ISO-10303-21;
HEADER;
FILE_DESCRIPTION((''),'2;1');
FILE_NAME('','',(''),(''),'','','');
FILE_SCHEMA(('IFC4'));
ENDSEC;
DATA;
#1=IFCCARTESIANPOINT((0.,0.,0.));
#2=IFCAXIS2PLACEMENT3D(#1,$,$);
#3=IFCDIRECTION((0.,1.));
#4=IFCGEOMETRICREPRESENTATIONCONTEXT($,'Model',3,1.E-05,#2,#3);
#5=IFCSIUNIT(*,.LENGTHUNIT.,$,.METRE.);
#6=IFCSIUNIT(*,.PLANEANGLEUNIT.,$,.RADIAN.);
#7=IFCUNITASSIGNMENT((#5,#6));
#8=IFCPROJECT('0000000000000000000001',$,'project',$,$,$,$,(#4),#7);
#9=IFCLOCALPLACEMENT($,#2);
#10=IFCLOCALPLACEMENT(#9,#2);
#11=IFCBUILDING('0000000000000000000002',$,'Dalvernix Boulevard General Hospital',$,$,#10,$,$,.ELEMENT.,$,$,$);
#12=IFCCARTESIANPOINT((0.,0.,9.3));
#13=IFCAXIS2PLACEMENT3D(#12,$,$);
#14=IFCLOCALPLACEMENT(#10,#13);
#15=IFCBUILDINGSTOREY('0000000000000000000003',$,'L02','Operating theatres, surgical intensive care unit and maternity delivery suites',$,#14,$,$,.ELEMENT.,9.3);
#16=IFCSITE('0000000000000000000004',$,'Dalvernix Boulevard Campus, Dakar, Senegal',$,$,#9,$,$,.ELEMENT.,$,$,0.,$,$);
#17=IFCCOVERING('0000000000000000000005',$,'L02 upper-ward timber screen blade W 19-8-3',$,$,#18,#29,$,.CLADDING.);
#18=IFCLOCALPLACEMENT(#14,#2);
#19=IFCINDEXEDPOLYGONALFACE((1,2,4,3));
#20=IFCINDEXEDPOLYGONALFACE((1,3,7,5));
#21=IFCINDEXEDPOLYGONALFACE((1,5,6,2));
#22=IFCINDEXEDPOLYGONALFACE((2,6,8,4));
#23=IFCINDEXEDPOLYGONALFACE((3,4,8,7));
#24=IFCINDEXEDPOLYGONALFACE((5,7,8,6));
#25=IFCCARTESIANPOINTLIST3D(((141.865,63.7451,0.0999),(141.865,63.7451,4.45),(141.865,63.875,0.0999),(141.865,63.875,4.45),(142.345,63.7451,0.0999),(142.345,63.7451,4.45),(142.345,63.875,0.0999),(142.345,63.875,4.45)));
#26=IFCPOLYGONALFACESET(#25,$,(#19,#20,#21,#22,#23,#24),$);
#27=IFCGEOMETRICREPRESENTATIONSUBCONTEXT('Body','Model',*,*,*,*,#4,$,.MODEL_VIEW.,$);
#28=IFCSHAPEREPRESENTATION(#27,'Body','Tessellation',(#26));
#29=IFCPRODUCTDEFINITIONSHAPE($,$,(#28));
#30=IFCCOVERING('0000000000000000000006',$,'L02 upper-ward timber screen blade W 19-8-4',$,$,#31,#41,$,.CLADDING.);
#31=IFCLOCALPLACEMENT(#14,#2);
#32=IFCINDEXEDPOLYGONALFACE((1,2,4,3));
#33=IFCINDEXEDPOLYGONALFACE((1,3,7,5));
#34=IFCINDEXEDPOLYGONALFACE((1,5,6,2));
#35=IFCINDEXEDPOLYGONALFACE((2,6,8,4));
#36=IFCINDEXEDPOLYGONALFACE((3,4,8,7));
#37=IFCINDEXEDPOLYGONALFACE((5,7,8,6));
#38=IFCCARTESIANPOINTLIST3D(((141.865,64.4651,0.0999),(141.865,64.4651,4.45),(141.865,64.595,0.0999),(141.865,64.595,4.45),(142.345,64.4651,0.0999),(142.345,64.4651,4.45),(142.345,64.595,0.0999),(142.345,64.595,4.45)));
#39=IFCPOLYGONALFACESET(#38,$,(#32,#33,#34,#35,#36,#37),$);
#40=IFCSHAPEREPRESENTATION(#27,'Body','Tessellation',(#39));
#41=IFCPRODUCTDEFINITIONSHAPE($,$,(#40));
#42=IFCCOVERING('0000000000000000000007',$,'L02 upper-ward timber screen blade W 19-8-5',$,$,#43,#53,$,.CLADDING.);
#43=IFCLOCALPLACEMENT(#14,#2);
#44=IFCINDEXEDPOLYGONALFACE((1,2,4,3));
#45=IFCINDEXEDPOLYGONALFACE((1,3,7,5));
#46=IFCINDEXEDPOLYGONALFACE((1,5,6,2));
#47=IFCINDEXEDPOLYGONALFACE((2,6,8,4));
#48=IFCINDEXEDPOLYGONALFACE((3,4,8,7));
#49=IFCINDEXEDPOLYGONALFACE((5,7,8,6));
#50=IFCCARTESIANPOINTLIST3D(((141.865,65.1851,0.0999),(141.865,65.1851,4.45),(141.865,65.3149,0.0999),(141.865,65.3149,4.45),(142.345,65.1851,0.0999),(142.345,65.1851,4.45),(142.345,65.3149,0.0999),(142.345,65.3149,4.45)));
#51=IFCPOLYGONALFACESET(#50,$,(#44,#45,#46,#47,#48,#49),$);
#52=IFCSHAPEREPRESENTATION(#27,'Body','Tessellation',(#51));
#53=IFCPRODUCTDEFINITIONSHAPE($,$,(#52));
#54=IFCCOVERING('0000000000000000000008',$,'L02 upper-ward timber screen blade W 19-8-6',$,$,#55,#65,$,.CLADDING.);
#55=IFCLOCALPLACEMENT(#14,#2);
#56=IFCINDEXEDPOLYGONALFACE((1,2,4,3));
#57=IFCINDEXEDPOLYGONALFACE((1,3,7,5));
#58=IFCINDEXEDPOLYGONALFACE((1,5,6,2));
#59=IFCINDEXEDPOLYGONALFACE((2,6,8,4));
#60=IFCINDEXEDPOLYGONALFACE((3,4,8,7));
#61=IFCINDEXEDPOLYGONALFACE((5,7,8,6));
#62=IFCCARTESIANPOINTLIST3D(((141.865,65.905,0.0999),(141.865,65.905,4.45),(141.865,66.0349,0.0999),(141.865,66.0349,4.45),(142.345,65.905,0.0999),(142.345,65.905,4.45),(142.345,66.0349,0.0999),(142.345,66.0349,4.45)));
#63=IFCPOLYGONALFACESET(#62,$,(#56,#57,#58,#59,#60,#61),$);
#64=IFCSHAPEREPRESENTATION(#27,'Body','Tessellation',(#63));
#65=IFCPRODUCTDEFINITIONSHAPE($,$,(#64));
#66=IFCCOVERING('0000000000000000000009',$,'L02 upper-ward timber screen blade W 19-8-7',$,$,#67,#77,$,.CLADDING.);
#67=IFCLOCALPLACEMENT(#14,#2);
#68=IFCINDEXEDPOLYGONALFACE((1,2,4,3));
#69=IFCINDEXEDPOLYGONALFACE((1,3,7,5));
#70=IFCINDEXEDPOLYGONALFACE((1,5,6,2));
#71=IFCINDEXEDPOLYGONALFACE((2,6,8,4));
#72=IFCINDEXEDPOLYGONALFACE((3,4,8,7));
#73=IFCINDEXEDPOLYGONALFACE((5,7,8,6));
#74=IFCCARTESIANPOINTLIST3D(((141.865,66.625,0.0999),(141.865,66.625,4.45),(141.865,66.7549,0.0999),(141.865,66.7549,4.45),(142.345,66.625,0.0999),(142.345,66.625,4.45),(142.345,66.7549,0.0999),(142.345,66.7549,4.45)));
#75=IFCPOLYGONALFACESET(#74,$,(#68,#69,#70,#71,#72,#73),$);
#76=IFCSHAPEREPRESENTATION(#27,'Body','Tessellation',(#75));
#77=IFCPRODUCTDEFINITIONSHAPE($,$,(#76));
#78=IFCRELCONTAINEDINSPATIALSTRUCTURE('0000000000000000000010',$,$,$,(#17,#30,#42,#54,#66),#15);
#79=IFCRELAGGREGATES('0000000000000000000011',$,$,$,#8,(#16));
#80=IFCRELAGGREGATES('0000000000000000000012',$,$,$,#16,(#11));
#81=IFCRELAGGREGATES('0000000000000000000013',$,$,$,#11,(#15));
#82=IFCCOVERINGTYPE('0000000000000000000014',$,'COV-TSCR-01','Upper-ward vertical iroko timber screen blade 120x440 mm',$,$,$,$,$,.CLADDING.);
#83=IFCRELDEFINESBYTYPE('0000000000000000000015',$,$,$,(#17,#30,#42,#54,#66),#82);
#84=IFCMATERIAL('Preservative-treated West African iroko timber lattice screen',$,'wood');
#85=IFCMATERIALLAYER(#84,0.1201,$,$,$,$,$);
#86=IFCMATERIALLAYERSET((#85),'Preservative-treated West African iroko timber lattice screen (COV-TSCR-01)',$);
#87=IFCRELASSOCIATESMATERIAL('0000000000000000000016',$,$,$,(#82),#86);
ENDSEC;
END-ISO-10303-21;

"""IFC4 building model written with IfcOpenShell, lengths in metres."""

from ifc_helpers import new_model, si_unit, direction, frame, origin, origin_2d, place, context, subcontext, project, spatial, rectangle, extrude, material, layer, layer_set, type_object, element, save


model = new_model("IFC4")

# Units and contexts
model_context = context("Model", 3, precision=1e-05, world=origin(), true_north=direction((0.0, 1.0)))
body_context = subcontext(model_context, "Body", "Model", "MODEL_VIEW")
ifc_project = project(units=[si_unit("LENGTHUNIT", "METRE"), si_unit("PLANEANGLEUNIT", "RADIAN")], contexts=[model_context])

# Site, building, storey
site_placement = place(None, origin())
site = spatial("IfcSite", under=ifc_project, at=site_placement, Name="Dalvernix Boulevard Campus, Dakar, Senegal", CompositionType="ELEMENT", RefElevation=0.0)
building_placement = place(site_placement, origin())
building = spatial("IfcBuilding", under=site, at=building_placement, Name="Dalvernix Boulevard General Hospital", CompositionType="ELEMENT")
storey_placement = place(building_placement, frame((0.0, 0.0, 9.3)))
storey = spatial("IfcBuildingStorey", under=building, at=storey_placement, Name="L02", Description="Operating theatres, surgical intensive care unit and maternity delivery suites", CompositionType="ELEMENT", Elevation=9.3)

# Coverings
ifc_material_1 = material(Name="Preservative-treated West African iroko timber lattice screen", Category="wood")
ifc_layer_1 = layer(ifc_material_1, 0.1201)
ifc_layer_set_1 = layer_set([ifc_layer_1], Name="Preservative-treated West African iroko timber lattice screen (COV-TSCR-01)")
covering_type_1 = type_object("IfcCoveringType", Name="COV-TSCR-01", Description="Upper-ward vertical iroko timber screen blade 120x440 mm", PredefinedType="CLADDING", material=ifc_layer_set_1)
for number, where, z_axis, x_axis, name in (
    (1, (142.105, 63.8101, 0.0999), (0.0, 0.0, 1.0), (0.0, 1.0, 0.0), "L02 upper-ward timber screen blade W 19-8-3"),
    (2, (142.105, 64.53, 0.0999), (0.0, 0.0, 1.0), (0.0, 1.0, 0.0), "L02 upper-ward timber screen blade W 19-8-4"),
    (3, (142.105, 65.25, 0.0999), (0.0, 0.0, 1.0), (0.0, 1.0, 0.0), "L02 upper-ward timber screen blade W 19-8-5"),
    (4, (142.105, 65.97, 0.0999), (0.0, 0.0, 1.0), (0.0, 1.0, 0.0), "L02 upper-ward timber screen blade W 19-8-6"),
    (5, (142.105, 66.6899, 0.0999), (0.0, 0.0, 1.0), (0.0, 1.0, 0.0), "L02 upper-ward timber screen blade W 19-8-7"),
):
    element("IfcCovering", number, at=place(storey_placement, frame(where, z_axis=z_axis, x_axis=x_axis)), inside=storey, type_object=covering_type_1, Name=name, PredefinedType="CLADDING", context=body_context, shape_type="SweptSolid", body=[
        extrude(rectangle(XDim=0.1299, YDim=0.48, at=origin_2d()), origin(), (0.0, 0.0, 1.0), 4.3501),
    ])

save(model, "model.ifc")
